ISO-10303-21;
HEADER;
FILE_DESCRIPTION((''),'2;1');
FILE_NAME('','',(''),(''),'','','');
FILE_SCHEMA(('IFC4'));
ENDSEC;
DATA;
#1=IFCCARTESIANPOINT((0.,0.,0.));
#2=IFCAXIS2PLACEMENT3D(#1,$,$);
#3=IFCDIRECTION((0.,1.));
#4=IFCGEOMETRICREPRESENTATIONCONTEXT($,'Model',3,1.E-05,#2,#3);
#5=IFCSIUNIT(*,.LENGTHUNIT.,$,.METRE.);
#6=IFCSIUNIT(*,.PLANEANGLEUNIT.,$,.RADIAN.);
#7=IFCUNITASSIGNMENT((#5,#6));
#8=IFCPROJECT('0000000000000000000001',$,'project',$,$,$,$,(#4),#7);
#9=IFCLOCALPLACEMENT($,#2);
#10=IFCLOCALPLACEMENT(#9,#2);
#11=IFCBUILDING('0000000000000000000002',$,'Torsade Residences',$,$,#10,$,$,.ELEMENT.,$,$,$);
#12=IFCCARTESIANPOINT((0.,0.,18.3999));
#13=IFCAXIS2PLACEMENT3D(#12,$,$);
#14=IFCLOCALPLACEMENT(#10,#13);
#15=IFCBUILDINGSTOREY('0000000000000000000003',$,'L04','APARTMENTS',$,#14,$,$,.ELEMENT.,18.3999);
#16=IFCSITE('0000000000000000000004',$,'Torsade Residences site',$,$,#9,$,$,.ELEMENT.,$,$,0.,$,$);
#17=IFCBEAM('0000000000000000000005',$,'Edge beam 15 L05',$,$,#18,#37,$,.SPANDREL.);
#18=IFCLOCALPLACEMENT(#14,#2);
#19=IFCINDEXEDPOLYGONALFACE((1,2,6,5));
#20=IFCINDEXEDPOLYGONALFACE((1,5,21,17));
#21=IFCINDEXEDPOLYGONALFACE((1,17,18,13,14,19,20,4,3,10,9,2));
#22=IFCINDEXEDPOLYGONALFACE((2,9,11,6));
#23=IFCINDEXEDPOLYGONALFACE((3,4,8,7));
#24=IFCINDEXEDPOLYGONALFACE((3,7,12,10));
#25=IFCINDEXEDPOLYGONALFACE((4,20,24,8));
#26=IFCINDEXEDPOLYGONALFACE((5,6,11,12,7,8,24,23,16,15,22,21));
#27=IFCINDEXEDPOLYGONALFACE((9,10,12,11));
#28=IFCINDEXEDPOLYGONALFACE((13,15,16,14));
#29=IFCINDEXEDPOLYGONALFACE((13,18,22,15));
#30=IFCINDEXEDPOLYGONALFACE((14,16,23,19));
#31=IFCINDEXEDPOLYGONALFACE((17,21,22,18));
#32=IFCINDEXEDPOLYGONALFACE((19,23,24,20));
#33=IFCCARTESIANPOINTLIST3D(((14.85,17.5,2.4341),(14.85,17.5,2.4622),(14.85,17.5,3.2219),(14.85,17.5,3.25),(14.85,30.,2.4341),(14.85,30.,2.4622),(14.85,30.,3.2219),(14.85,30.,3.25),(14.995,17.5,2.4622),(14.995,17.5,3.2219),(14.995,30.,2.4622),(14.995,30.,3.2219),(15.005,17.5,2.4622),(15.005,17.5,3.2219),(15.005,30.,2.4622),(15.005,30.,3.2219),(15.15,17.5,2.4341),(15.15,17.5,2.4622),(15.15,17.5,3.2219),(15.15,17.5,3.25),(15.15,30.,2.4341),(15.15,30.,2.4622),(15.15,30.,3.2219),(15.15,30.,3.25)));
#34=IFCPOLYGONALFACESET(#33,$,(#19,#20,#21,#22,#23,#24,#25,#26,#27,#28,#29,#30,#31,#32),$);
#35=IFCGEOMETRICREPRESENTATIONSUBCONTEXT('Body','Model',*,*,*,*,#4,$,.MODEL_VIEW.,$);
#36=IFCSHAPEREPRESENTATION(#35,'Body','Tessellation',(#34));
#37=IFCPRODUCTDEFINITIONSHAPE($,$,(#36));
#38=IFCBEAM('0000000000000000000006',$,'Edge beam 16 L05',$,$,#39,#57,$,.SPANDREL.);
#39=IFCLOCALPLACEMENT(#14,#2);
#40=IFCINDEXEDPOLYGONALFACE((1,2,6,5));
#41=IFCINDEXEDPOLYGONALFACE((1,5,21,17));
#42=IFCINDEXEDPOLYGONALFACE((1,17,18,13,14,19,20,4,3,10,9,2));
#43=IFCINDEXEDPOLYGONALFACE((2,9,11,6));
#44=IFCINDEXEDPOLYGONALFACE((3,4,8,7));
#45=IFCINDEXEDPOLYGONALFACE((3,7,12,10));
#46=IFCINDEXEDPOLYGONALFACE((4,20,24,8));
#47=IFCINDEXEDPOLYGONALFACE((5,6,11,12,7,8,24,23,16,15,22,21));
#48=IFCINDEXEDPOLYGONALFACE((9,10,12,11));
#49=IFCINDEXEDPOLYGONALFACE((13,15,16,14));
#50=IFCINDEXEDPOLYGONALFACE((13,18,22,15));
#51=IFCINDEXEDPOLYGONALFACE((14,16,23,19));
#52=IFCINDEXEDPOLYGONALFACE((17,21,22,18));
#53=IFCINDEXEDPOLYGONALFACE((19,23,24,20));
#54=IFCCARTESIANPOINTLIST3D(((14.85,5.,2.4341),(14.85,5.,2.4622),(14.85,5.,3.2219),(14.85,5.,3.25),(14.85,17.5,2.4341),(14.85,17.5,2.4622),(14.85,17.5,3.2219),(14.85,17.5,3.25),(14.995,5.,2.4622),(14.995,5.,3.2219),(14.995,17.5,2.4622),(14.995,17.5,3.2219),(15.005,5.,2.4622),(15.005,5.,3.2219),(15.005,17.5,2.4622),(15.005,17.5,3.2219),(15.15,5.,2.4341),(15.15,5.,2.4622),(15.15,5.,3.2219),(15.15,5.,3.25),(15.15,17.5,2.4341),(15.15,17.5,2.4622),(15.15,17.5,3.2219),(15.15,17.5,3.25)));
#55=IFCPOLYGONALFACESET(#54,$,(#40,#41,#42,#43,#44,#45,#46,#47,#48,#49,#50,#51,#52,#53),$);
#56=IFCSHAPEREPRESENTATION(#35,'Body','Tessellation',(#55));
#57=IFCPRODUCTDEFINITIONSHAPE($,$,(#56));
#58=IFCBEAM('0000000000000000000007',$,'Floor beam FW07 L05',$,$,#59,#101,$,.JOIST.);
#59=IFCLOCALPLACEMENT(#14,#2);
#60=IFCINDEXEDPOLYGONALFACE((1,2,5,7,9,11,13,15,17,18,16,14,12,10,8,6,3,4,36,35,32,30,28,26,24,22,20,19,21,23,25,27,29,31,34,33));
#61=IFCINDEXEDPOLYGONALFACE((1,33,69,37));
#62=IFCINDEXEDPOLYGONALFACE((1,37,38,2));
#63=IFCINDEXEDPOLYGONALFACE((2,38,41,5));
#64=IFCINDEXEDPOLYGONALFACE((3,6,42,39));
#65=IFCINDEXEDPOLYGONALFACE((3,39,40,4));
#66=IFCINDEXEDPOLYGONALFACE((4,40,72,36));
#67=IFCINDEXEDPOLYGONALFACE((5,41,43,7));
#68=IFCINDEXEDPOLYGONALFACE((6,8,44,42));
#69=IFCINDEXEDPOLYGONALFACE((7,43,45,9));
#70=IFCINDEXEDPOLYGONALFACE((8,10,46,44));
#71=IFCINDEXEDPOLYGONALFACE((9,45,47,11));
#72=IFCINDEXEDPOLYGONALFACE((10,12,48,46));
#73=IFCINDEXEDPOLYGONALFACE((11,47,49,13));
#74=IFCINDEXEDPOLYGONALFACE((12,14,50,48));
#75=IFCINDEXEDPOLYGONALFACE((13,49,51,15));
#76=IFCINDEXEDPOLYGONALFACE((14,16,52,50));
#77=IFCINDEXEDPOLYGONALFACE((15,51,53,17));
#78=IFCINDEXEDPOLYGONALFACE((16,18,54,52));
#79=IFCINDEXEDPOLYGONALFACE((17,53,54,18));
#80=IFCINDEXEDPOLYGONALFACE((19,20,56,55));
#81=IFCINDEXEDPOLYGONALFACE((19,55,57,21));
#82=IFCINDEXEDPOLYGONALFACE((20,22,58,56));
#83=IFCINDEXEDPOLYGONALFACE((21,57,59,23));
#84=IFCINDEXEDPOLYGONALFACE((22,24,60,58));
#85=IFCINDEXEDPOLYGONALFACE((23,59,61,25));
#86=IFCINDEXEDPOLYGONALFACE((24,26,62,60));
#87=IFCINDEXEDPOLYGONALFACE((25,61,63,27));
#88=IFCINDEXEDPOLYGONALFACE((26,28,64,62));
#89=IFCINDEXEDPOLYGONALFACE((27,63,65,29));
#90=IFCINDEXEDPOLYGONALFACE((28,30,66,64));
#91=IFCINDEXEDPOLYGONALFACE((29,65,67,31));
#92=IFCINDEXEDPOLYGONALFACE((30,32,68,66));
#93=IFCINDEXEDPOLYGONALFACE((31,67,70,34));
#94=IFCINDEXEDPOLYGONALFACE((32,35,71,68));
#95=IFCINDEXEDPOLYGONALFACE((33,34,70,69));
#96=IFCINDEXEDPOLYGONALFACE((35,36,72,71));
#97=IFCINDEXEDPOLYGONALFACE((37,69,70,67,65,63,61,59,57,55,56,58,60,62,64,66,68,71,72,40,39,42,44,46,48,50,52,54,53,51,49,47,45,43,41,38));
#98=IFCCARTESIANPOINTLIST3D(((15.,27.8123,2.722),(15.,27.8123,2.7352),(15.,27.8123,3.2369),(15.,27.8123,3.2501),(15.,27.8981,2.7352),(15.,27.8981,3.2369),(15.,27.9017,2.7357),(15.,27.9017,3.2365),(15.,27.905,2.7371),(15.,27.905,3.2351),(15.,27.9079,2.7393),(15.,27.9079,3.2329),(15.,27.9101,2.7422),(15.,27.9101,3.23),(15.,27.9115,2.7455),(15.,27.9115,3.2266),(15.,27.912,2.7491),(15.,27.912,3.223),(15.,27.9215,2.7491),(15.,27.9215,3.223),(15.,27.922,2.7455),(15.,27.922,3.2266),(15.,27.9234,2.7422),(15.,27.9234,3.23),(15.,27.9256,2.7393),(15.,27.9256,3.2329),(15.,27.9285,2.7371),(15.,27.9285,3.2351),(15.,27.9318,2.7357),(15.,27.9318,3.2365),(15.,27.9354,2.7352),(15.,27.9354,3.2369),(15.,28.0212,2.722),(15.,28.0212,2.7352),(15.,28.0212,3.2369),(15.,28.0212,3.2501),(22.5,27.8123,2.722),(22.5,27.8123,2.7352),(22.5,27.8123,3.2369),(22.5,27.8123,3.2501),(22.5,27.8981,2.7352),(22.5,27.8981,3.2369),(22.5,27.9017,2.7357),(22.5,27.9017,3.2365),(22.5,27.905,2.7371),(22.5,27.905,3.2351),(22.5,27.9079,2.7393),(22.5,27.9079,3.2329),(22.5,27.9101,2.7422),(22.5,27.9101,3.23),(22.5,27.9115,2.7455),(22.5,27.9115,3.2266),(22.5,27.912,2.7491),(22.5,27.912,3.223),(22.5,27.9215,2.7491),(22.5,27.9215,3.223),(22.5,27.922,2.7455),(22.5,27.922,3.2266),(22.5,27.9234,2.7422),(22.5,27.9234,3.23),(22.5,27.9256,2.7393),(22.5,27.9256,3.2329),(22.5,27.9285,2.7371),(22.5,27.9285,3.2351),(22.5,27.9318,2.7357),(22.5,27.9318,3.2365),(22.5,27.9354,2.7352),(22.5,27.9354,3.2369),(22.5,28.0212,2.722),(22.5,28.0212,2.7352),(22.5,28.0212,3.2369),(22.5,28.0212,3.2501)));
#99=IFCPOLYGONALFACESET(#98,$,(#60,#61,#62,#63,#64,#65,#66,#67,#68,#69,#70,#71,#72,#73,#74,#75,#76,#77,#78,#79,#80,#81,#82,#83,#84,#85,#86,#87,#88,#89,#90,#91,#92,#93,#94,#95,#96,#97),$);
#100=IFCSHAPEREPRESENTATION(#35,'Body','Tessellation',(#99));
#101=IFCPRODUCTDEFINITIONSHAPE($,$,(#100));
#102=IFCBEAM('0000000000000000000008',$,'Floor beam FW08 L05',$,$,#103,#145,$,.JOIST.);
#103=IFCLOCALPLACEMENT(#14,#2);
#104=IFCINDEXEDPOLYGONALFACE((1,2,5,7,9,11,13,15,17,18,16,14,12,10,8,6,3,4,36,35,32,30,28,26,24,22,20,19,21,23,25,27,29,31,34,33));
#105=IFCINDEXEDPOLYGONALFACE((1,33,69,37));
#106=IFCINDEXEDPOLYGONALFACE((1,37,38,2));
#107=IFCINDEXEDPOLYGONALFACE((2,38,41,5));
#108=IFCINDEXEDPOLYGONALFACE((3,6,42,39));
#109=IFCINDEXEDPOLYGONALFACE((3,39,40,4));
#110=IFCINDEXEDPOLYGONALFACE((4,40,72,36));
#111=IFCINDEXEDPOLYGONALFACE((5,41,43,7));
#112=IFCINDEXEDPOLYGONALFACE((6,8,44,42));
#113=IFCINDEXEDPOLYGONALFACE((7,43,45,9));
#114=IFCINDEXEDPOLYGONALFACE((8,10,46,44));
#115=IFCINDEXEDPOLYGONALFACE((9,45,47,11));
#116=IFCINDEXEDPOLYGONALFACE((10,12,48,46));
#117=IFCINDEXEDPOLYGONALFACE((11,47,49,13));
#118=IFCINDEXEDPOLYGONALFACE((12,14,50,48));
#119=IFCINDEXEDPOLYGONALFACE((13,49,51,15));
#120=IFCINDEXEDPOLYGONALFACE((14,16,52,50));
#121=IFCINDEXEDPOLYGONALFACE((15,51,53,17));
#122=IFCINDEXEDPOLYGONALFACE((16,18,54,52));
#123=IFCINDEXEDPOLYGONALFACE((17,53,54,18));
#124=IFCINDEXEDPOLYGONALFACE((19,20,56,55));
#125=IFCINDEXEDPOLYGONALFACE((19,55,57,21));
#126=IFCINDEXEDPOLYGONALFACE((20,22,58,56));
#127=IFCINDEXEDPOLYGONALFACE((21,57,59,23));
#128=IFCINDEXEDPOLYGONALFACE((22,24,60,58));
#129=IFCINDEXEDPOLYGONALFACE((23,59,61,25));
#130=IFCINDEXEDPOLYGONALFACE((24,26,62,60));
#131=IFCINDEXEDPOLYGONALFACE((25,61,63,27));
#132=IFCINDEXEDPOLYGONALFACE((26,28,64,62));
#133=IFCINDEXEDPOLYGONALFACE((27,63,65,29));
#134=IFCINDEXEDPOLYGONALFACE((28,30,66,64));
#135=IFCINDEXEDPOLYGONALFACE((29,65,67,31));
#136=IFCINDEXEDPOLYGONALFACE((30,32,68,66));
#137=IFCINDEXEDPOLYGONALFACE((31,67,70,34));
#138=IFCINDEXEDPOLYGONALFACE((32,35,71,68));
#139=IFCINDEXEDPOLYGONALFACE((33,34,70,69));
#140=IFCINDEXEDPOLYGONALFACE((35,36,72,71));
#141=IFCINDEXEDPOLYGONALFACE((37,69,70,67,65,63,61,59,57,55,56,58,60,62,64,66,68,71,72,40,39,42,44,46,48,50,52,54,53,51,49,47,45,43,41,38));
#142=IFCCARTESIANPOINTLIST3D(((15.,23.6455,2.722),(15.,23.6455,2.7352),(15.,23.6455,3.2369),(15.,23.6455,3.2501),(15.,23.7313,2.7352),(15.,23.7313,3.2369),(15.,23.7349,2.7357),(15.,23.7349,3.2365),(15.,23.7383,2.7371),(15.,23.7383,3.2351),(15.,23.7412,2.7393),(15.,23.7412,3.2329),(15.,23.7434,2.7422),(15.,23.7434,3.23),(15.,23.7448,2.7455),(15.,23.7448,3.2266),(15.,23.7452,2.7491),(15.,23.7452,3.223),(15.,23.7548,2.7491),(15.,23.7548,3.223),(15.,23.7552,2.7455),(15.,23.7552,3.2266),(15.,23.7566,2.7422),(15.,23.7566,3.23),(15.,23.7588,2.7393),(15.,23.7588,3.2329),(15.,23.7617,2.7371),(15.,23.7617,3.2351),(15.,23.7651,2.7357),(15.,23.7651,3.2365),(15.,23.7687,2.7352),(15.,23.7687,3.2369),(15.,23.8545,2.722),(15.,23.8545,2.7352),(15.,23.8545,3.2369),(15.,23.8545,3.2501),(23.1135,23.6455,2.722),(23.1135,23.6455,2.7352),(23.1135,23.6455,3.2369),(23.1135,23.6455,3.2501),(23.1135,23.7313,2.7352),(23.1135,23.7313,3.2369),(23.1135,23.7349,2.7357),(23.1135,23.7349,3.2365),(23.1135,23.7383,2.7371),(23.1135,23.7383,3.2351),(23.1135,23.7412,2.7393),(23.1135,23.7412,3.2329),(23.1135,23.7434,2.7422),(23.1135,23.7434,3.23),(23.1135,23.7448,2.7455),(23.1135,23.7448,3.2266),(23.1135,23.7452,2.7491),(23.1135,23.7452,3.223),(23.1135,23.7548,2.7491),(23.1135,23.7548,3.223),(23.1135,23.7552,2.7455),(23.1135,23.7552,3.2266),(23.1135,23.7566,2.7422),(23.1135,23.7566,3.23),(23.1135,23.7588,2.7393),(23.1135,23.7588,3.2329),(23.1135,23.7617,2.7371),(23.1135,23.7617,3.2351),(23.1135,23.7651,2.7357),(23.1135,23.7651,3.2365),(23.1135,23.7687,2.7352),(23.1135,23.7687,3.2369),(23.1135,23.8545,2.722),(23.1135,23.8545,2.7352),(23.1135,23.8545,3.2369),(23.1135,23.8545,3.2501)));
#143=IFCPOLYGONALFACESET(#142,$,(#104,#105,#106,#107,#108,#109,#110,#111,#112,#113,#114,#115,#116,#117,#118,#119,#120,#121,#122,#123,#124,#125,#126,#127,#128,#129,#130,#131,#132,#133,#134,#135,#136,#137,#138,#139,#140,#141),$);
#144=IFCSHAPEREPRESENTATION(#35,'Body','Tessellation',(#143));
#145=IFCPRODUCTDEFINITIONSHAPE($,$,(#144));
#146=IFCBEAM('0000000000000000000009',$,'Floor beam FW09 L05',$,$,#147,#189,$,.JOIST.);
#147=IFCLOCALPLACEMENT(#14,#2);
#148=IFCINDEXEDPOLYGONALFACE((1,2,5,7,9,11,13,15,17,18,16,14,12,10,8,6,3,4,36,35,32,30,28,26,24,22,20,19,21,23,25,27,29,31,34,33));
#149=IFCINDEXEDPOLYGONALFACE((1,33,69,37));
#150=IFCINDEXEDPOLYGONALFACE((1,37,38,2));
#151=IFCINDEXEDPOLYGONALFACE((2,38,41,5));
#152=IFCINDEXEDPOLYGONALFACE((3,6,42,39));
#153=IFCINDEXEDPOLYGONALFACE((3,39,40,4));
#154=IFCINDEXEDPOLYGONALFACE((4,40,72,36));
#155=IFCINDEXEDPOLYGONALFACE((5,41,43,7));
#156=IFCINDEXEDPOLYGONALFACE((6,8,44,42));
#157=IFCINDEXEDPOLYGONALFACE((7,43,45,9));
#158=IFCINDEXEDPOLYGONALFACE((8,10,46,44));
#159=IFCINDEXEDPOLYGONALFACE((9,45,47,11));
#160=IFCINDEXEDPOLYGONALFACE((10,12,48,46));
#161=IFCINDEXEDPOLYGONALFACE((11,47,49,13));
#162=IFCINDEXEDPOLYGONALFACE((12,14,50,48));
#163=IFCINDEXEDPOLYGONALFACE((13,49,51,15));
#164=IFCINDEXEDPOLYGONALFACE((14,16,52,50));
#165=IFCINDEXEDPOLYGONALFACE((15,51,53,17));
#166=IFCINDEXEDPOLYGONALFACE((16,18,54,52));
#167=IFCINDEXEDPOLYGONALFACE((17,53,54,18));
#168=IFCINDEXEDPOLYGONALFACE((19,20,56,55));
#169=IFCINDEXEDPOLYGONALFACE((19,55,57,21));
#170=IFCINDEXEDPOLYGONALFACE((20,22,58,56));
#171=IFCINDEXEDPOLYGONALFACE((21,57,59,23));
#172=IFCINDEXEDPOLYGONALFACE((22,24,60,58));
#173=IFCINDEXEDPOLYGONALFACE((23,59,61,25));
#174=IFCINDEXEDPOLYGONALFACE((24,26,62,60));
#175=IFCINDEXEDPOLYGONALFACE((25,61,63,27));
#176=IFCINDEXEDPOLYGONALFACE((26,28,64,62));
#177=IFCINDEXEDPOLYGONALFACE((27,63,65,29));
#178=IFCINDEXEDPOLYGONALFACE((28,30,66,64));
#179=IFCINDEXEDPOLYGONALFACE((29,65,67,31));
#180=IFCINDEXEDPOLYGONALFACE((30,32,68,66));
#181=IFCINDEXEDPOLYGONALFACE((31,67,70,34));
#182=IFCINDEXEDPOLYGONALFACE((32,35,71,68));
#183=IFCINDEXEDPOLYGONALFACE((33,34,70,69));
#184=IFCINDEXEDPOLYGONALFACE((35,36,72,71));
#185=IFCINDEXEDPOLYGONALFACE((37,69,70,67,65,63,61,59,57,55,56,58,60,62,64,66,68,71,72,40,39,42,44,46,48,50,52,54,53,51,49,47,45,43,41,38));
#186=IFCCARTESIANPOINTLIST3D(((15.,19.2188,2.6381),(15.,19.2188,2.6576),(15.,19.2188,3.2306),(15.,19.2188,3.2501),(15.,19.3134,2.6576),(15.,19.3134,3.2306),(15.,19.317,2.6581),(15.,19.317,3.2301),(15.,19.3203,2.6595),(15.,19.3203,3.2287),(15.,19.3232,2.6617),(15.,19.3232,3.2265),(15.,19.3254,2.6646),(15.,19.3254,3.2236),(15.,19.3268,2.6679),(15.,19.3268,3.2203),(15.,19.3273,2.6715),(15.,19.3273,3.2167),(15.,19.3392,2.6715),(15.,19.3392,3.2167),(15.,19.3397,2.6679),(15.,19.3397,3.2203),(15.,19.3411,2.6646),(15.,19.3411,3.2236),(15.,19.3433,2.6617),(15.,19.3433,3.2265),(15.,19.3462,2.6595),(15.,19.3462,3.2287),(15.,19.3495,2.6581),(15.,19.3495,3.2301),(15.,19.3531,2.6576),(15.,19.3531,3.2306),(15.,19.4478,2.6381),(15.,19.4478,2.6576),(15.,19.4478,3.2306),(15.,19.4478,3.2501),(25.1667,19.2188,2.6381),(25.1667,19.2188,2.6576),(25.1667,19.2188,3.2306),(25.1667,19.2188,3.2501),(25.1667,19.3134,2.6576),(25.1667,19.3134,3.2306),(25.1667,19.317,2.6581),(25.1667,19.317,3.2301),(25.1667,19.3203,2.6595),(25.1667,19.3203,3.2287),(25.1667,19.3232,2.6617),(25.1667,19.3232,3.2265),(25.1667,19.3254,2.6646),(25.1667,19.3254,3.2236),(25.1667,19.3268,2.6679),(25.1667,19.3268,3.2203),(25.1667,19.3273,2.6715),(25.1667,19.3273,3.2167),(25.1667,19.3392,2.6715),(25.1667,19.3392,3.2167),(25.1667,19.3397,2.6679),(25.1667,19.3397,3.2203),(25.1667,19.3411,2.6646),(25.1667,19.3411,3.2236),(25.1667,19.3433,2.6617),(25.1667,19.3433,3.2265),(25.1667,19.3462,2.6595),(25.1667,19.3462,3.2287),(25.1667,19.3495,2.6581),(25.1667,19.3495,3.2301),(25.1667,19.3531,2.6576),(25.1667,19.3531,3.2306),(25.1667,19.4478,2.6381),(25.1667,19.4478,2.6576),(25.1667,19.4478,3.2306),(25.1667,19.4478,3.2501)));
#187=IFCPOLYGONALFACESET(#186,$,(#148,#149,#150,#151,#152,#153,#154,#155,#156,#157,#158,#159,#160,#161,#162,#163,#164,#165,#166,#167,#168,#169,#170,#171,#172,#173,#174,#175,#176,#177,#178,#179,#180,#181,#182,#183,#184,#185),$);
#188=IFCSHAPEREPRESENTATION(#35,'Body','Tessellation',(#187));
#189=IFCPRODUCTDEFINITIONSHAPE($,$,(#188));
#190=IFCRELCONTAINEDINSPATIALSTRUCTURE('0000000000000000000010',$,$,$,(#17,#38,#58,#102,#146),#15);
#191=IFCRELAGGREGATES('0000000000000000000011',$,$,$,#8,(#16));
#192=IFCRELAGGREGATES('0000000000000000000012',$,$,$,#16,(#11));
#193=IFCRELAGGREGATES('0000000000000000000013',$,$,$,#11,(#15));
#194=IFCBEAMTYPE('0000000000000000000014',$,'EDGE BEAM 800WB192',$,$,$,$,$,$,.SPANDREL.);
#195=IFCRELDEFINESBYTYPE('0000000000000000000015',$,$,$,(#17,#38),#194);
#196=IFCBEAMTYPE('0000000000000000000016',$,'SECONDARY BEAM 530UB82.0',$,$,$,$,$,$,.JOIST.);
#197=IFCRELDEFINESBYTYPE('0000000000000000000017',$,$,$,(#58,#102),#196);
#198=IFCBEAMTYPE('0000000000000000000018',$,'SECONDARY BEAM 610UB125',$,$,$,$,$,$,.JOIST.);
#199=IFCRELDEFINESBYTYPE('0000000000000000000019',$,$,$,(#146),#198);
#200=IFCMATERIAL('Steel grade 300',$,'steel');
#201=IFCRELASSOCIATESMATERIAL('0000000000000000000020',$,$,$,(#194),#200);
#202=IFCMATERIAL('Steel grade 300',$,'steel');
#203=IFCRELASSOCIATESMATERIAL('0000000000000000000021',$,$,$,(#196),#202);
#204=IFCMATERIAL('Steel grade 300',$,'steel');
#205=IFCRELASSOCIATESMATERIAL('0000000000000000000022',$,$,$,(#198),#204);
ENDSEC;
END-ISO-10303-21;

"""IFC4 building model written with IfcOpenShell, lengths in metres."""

from ifc_helpers import new_model, si_unit, direction, frame, origin, origin_2d, place, context, subcontext, project, spatial, i_section, extrude, material, material_profile, profile_set, type_object, element, save


model = new_model("IFC4")

# Units and contexts
model_context = context("Model", 3, precision=1e-05, world=origin(), true_north=direction((0.0, 1.0)))
body_context = subcontext(model_context, "Body", "Model", "MODEL_VIEW")
ifc_project = project(units=[si_unit("LENGTHUNIT", "METRE"), si_unit("PLANEANGLEUNIT", "RADIAN")], contexts=[model_context])

# Site, building, storey
site_placement = place(None, origin())
site = spatial("IfcSite", under=ifc_project, at=site_placement, Name="Torsade Residences site", CompositionType="ELEMENT", RefElevation=0.0)
building_placement = place(site_placement, origin())
building = spatial("IfcBuilding", under=site, at=building_placement, Name="Torsade Residences", CompositionType="ELEMENT")
storey_placement = place(building_placement, frame((0.0, 0.0, 18.3999)))
storey = spatial("IfcBuildingStorey", under=building, at=storey_placement, Name="L04", Description="APARTMENTS", CompositionType="ELEMENT", Elevation=18.3999)

# Beams
ifc_material_1 = material(Name="Steel grade 300", Category="steel")
ifc_material_profile_1 = material_profile(ifc_material_1, i_section(OverallWidth=0.3, OverallDepth=0.8159, WebThickness=0.01, FlangeThickness=0.0281, at=origin_2d()), Name="800WB192")
ifc_profile_set_1 = profile_set([ifc_material_profile_1], Name="Steel grade 300")
beam_type_1 = type_object("IfcBeamType", Name="EDGE BEAM 800WB192", PredefinedType="SPANDREL", material=ifc_profile_set_1)
for number, where, z_axis, x_axis, name in (
    (1, (15.0, 30.0, 2.842), (0.0, -1.0, 0.0), (1.0, 0.0, 0.0), "Edge beam 15 L05"),
    (2, (15.0, 17.5, 2.842), (0.0, -1.0, 0.0), (1.0, 0.0, 0.0), "Edge beam 16 L05"),
):
    element("IfcBeam", number, at=place(storey_placement, frame(where, z_axis=z_axis, x_axis=x_axis)), inside=storey, type_object=beam_type_1, Name=name, PredefinedType="SPANDREL", context=body_context, shape_type="SweptSolid", body=[
        extrude(i_section(OverallWidth=0.3, OverallDepth=0.8159, WebThickness=0.01, FlangeThickness=0.0281, at=origin_2d()), origin(), (0.0, 0.0, 1.0), 12.5),
    ])
ifc_material_2 = material(Name="Steel grade 300", Category="steel")
ifc_material_profile_2 = material_profile(ifc_material_2, i_section(OverallWidth=0.209, OverallDepth=0.5281, WebThickness=0.0095, FlangeThickness=0.0132, FilletRadius=0.0139, at=origin_2d()), Name="530UB82.0")
ifc_profile_set_2 = profile_set([ifc_material_profile_2], Name="Steel grade 300")
beam_type_2 = type_object("IfcBeamType", Name="SECONDARY BEAM 530UB82.0", PredefinedType="JOIST", material=ifc_profile_set_2)
beam_1_placement = place(storey_placement, frame((15.0, 27.9167, 2.9861), z_axis=(1.0, 0.0, 0.0), x_axis=(0.0, 1.0, 0.0)))
element("IfcBeam", 3, at=beam_1_placement, inside=storey, type_object=beam_type_2, Name="Floor beam FW07 L05", PredefinedType="JOIST", context=body_context, shape_type="SweptSolid", body=[
    extrude(i_section(OverallWidth=0.209, OverallDepth=0.5281, WebThickness=0.0095, FlangeThickness=0.0132, FilletRadius=0.0139, at=origin_2d()), origin(), (0.0, 0.0, 1.0), 7.5),
])
beam_2_placement = place(storey_placement, frame((15.0, 23.75, 2.9861), z_axis=(1.0, 0.0, 0.0), x_axis=(0.0, 1.0, 0.0)))
element("IfcBeam", 4, at=beam_2_placement, inside=storey, type_object=beam_type_2, Name="Floor beam FW08 L05", PredefinedType="JOIST", context=body_context, shape_type="SweptSolid", body=[
    extrude(i_section(OverallWidth=0.209, OverallDepth=0.5281, WebThickness=0.0095, FlangeThickness=0.0132, FilletRadius=0.0139, at=origin_2d()), origin(), (0.0, 0.0, 1.0), 8.1135),
])
ifc_material_3 = material(Name="Steel grade 300", Category="steel")
ifc_material_profile_3 = material_profile(ifc_material_3, i_section(OverallWidth=0.229, OverallDepth=0.6121, WebThickness=0.012, FlangeThickness=0.0195, FilletRadius=0.0139, at=origin_2d()), Name="610UB125")
ifc_profile_set_3 = profile_set([ifc_material_profile_3], Name="Steel grade 300")
beam_type_3 = type_object("IfcBeamType", Name="SECONDARY BEAM 610UB125", PredefinedType="JOIST", material=ifc_profile_set_3)
beam_3_placement = place(storey_placement, frame((15.0, 19.3333, 2.9441), z_axis=(1.0, 0.0, 0.0), x_axis=(0.0, 1.0, 0.0)))
element("IfcBeam", 5, at=beam_3_placement, inside=storey, type_object=beam_type_3, Name="Floor beam FW09 L05", PredefinedType="JOIST", context=body_context, shape_type="SweptSolid", body=[
    extrude(i_section(OverallWidth=0.229, OverallDepth=0.6121, WebThickness=0.012, FlangeThickness=0.0195, FilletRadius=0.0139, at=origin_2d()), origin(), (0.0, 0.0, 1.0), 10.1667),
])

save(model, "model.ifc")
